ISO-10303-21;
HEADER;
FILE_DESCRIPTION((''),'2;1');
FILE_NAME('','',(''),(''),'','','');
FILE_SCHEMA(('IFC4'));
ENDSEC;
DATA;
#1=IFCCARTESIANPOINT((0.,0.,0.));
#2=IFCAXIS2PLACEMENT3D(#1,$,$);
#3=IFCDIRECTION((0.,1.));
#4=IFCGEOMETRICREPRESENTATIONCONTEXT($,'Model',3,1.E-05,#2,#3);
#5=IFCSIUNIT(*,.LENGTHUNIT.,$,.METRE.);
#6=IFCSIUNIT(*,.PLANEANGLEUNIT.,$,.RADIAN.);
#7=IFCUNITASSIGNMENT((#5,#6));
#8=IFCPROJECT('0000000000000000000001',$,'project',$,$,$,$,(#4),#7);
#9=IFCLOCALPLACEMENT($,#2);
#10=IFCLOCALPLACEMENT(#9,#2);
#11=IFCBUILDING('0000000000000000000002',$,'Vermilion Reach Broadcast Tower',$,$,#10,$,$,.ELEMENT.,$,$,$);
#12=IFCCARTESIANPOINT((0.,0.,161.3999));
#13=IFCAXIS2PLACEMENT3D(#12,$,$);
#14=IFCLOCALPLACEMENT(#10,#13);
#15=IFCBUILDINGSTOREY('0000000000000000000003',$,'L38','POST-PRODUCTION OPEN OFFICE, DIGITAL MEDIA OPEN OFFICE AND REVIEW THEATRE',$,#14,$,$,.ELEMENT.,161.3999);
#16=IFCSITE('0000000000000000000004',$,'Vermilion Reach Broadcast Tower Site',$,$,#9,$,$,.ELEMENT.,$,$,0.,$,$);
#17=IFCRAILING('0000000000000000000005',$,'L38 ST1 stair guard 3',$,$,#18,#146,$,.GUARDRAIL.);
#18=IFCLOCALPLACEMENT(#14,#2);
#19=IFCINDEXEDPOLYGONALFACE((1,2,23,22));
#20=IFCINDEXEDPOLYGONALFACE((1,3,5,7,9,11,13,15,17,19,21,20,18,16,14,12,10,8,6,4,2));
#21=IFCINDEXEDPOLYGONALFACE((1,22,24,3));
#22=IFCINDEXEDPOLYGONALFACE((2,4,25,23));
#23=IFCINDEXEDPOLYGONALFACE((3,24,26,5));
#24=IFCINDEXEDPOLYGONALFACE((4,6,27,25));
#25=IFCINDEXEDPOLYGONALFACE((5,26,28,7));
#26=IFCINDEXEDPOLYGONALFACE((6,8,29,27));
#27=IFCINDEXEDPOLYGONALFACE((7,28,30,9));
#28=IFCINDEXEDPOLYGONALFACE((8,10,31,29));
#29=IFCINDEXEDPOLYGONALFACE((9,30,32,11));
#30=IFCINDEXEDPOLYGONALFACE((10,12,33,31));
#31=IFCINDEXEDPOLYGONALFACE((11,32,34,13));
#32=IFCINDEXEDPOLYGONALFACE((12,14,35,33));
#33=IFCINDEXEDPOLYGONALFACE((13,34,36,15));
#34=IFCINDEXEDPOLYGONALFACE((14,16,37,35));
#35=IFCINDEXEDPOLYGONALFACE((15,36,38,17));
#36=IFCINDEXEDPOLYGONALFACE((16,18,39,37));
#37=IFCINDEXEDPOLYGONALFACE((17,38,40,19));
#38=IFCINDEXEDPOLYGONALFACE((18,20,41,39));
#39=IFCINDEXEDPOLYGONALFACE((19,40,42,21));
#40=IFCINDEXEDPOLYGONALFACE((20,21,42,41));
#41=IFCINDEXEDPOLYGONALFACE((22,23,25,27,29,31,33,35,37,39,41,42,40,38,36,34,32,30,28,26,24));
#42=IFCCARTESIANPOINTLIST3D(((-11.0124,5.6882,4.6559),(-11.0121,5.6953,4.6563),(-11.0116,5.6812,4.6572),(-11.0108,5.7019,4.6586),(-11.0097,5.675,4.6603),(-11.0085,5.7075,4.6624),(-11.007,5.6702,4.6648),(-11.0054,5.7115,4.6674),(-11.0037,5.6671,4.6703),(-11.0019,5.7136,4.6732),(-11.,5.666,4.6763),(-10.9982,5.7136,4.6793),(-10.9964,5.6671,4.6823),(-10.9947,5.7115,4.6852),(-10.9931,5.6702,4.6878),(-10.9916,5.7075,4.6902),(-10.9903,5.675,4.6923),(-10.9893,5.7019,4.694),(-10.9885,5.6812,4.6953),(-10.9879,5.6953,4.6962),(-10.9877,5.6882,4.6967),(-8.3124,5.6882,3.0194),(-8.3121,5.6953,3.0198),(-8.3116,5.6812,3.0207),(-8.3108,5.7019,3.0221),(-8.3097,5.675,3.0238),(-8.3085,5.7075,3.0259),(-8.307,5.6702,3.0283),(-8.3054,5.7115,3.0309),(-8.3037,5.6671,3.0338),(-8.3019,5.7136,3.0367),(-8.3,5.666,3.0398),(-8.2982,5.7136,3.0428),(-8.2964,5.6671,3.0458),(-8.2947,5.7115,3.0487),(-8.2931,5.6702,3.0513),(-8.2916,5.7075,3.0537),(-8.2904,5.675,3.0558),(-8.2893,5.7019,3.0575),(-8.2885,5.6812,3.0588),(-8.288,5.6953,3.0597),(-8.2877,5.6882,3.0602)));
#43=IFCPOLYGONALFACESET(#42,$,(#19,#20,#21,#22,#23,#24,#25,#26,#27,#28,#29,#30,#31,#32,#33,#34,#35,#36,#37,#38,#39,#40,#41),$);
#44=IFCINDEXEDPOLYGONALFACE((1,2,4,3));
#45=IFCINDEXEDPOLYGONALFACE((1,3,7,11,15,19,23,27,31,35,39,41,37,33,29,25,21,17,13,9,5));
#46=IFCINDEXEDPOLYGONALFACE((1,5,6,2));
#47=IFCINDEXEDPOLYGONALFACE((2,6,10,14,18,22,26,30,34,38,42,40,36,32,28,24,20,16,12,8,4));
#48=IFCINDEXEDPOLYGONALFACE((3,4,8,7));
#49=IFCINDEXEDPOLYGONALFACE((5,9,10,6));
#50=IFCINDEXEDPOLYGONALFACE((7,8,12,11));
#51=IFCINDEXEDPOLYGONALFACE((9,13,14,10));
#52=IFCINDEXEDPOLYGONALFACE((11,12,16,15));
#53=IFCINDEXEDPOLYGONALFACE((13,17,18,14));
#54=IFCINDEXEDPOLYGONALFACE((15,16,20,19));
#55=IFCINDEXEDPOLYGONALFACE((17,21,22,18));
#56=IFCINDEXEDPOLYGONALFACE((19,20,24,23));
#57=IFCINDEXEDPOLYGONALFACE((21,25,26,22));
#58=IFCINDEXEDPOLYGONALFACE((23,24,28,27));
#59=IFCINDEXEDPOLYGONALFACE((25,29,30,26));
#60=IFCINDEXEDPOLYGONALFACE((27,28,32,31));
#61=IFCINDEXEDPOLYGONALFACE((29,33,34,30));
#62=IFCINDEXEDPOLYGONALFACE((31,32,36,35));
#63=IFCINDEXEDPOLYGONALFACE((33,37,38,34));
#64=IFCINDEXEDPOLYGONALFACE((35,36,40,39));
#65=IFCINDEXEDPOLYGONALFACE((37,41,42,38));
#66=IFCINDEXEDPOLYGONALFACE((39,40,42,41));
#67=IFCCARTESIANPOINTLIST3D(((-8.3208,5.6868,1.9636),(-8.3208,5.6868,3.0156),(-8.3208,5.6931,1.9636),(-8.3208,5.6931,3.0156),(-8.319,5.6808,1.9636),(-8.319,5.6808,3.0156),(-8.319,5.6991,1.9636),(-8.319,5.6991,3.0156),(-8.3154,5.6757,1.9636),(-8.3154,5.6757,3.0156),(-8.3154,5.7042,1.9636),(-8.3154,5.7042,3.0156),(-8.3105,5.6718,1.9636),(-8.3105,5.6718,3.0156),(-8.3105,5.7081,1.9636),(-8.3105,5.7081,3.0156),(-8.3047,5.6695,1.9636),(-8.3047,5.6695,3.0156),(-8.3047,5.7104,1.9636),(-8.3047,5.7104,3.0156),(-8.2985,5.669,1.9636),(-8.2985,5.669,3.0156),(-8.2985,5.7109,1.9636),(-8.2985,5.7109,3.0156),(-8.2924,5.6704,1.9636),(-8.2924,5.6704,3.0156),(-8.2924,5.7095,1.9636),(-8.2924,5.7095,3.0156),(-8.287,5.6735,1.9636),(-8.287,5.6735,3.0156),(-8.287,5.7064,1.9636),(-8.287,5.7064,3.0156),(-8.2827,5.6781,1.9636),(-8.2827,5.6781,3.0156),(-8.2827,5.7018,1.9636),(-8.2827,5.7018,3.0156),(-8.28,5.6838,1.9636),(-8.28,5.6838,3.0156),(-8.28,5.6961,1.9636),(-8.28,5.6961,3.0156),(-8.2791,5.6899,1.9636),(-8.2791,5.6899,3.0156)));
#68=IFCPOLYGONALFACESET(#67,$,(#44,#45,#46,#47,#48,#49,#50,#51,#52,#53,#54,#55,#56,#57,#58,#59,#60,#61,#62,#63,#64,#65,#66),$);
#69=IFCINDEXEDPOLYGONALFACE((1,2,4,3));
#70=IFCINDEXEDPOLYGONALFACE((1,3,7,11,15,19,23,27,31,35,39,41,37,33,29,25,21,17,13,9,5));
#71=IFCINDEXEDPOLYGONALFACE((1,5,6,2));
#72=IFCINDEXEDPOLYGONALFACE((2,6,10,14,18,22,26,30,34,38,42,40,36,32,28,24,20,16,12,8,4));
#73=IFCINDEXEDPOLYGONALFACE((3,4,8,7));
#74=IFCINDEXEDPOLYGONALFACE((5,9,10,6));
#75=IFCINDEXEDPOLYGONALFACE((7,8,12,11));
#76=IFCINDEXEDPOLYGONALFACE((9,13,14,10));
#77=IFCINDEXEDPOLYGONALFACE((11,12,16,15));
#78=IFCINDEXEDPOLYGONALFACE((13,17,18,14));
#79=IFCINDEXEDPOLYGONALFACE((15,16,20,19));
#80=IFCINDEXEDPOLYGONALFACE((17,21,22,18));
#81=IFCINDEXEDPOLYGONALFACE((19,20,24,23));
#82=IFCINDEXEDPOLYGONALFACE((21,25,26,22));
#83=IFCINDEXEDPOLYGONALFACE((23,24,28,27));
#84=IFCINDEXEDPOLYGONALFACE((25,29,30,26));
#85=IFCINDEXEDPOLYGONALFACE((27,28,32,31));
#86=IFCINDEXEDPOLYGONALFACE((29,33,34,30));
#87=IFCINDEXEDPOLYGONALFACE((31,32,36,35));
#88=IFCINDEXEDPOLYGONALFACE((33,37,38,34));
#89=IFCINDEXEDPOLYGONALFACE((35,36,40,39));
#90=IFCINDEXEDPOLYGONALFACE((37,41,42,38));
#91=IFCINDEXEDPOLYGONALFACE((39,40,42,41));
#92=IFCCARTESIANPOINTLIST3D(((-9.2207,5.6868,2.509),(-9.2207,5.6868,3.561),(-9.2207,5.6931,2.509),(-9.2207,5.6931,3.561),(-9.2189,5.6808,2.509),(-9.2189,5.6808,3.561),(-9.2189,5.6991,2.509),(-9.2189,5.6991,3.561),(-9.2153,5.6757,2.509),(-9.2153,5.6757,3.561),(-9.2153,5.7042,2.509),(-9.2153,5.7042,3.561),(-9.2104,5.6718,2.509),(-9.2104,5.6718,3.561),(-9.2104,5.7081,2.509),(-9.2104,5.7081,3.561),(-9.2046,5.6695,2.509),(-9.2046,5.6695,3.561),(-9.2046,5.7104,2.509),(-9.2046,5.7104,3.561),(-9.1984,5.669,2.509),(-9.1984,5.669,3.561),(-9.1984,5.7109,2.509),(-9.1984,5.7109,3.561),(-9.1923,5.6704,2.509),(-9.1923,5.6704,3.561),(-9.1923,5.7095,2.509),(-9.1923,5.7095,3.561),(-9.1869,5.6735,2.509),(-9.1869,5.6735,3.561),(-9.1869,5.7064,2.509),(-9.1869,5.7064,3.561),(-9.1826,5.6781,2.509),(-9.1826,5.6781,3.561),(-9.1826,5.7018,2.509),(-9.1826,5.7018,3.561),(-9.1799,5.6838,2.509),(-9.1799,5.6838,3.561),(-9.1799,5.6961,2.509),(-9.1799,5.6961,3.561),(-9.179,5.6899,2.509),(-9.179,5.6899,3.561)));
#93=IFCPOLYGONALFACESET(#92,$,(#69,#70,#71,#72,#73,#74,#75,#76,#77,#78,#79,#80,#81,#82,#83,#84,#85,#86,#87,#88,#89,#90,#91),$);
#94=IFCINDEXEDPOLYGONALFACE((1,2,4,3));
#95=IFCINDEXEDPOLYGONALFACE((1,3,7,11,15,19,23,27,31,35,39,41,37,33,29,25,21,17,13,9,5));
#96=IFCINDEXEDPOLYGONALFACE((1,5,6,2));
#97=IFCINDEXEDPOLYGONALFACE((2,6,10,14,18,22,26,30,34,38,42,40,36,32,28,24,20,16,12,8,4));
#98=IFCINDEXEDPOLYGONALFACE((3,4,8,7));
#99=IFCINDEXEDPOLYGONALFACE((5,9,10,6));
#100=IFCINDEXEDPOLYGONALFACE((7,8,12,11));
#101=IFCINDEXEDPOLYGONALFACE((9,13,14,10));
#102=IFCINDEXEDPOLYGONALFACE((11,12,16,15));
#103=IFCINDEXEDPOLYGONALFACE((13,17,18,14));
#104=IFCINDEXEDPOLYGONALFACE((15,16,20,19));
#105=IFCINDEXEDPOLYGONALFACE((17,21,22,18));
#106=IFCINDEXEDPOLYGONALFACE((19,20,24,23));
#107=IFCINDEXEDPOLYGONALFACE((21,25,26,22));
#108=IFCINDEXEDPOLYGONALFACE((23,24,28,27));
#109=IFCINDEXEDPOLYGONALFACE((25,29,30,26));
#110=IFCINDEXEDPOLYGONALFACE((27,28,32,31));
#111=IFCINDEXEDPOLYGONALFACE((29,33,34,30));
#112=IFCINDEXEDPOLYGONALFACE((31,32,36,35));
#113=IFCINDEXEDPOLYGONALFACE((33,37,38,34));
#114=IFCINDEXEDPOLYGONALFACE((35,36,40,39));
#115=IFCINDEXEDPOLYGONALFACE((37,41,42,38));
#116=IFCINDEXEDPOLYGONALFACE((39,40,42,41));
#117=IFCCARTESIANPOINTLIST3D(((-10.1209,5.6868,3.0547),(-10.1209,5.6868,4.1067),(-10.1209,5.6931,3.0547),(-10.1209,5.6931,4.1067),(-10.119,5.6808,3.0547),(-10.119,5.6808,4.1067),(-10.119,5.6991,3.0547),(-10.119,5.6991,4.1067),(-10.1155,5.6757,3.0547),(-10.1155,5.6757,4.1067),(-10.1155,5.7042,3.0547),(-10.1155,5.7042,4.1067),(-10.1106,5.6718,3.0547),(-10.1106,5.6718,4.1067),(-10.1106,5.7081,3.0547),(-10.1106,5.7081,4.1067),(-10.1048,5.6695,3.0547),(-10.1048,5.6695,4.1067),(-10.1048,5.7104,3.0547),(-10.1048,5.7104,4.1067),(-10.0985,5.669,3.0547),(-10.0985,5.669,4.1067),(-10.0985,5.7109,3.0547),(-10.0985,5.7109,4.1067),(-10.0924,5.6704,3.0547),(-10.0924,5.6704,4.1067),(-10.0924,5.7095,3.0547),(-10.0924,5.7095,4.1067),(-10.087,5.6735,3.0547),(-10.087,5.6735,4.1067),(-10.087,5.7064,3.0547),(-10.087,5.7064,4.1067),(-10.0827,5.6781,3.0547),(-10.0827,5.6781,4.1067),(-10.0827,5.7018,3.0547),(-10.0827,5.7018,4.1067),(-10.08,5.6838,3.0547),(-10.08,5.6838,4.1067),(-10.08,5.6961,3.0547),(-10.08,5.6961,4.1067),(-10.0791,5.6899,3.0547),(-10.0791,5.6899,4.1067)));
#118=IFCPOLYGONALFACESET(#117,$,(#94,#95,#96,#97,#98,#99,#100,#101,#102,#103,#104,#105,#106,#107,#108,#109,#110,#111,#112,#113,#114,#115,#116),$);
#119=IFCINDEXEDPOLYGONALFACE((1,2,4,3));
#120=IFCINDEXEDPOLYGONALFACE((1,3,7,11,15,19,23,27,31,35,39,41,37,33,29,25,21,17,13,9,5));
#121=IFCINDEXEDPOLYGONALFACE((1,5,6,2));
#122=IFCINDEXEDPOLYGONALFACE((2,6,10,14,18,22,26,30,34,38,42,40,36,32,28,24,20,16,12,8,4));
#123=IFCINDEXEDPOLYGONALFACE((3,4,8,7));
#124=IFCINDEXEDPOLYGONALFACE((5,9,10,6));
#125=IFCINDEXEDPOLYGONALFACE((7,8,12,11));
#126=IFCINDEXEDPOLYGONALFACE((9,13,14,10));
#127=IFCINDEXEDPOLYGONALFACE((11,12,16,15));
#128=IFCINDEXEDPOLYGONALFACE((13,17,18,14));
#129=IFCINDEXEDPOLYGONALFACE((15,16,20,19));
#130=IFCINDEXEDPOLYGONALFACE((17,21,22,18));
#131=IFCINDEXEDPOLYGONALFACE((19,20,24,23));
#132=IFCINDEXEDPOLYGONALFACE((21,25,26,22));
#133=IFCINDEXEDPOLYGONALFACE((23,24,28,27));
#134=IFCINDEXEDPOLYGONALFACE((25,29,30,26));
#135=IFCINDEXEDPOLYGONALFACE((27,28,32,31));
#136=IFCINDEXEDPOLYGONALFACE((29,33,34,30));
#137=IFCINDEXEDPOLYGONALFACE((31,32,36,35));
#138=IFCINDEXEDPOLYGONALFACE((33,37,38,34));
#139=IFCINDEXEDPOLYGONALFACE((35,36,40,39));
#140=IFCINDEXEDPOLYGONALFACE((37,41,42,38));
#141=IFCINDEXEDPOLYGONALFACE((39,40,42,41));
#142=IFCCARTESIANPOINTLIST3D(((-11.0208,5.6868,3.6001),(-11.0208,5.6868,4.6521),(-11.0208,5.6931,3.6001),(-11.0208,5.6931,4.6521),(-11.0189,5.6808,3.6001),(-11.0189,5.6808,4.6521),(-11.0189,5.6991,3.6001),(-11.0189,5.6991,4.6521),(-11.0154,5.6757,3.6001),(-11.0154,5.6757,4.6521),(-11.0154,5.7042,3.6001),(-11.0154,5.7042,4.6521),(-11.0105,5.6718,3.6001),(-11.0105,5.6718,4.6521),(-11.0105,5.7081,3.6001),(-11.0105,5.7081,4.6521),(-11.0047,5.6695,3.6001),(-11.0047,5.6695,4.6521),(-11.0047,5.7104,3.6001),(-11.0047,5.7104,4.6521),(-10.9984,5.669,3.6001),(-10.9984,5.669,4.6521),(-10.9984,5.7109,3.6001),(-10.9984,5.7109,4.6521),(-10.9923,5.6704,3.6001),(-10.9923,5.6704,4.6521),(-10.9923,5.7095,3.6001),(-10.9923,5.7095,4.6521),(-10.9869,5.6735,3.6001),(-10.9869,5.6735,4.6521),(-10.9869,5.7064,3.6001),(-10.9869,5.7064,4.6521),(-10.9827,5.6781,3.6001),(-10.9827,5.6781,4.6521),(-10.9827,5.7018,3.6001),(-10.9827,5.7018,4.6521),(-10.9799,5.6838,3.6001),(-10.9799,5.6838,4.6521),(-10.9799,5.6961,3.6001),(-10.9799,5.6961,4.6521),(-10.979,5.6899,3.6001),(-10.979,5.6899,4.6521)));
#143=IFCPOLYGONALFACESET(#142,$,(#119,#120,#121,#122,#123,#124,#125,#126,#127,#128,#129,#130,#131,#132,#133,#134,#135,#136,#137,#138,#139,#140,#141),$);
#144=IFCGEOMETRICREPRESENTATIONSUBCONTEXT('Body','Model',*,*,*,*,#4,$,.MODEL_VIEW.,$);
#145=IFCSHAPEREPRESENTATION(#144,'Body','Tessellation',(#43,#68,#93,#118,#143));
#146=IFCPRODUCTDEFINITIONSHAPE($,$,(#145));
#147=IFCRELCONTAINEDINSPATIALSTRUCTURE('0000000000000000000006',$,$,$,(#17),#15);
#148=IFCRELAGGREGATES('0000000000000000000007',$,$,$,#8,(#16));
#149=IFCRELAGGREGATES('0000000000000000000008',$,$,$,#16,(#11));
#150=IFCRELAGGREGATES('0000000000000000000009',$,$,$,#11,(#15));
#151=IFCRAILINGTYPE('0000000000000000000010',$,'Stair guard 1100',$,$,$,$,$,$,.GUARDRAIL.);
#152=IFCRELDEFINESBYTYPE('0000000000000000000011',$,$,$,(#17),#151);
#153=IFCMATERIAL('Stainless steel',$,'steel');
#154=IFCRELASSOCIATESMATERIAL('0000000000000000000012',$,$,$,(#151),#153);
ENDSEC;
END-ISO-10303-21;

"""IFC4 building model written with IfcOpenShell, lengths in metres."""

from ifc_helpers import new_model, si_unit, direction, frame, origin, origin_2d, place, context, subcontext, project, spatial, circle, extrude, material, type_object, element, save


model = new_model("IFC4")

# Units and contexts
model_context = context("Model", 3, precision=1e-05, world=origin(), true_north=direction((0.0, 1.0)))
body_context = subcontext(model_context, "Body", "Model", "MODEL_VIEW")
ifc_project = project(units=[si_unit("LENGTHUNIT", "METRE"), si_unit("PLANEANGLEUNIT", "RADIAN")], contexts=[model_context])

# Site, building, storey
site_placement = place(None, origin())
site = spatial("IfcSite", under=ifc_project, at=site_placement, Name="Vermilion Reach Broadcast Tower Site", CompositionType="ELEMENT", RefElevation=0.0)
building_placement = place(site_placement, origin())
building = spatial("IfcBuilding", under=site, at=building_placement, Name="Vermilion Reach Broadcast Tower", CompositionType="ELEMENT")
storey_placement = place(building_placement, frame((0.0, 0.0, 161.3999)))
storey = spatial("IfcBuildingStorey", under=building, at=storey_placement, Name="L38", Description="POST-PRODUCTION OPEN OFFICE, DIGITAL MEDIA OPEN OFFICE AND REVIEW THEATRE", CompositionType="ELEMENT", Elevation=161.3999)

# Railing
ifc_material_1 = material(Name="Stainless steel", Category="steel")
railing_type_1 = type_object("IfcRailingType", Name="Stair guard 1100", PredefinedType="GUARDRAIL", material=ifc_material_1)
railing_1_placement = place(storey_placement, frame((-8.3, 5.6899, 1.9636)))
element("IfcRailing", 1, at=railing_1_placement, inside=storey, type_object=railing_type_1, Name="L38 ST1 stair guard 3", PredefinedType="GUARDRAIL", context=body_context, shape_type="SweptSolid", body=[
    extrude(circle(Radius=0.0239, at=origin_2d()), frame((0.0, 0.0, 1.0762), z_axis=(-0.855178, 0.0, 0.518334), x_axis=(0.0, -1.0, 0.0)), (0.0, 0.0, 1.0), 3.1572),
    extrude(circle(Radius=0.021, at=origin_2d()), origin(), (0.0, 0.0, 1.0), 1.052),
    extrude(circle(Radius=0.021, at=origin_2d()), frame((-0.8999, 0.0, 0.5454)), (0.0, 0.0, 1.0), 1.052),
    extrude(circle(Radius=0.021, at=origin_2d()), frame((-1.8, 0.0, 1.0911)), (0.0, 0.0, 1.0), 1.052),
    extrude(circle(Radius=0.021, at=origin_2d()), frame((-2.7, 0.0, 1.6365)), (0.0, 0.0, 1.0), 1.052),
])

save(model, "model.ifc")
